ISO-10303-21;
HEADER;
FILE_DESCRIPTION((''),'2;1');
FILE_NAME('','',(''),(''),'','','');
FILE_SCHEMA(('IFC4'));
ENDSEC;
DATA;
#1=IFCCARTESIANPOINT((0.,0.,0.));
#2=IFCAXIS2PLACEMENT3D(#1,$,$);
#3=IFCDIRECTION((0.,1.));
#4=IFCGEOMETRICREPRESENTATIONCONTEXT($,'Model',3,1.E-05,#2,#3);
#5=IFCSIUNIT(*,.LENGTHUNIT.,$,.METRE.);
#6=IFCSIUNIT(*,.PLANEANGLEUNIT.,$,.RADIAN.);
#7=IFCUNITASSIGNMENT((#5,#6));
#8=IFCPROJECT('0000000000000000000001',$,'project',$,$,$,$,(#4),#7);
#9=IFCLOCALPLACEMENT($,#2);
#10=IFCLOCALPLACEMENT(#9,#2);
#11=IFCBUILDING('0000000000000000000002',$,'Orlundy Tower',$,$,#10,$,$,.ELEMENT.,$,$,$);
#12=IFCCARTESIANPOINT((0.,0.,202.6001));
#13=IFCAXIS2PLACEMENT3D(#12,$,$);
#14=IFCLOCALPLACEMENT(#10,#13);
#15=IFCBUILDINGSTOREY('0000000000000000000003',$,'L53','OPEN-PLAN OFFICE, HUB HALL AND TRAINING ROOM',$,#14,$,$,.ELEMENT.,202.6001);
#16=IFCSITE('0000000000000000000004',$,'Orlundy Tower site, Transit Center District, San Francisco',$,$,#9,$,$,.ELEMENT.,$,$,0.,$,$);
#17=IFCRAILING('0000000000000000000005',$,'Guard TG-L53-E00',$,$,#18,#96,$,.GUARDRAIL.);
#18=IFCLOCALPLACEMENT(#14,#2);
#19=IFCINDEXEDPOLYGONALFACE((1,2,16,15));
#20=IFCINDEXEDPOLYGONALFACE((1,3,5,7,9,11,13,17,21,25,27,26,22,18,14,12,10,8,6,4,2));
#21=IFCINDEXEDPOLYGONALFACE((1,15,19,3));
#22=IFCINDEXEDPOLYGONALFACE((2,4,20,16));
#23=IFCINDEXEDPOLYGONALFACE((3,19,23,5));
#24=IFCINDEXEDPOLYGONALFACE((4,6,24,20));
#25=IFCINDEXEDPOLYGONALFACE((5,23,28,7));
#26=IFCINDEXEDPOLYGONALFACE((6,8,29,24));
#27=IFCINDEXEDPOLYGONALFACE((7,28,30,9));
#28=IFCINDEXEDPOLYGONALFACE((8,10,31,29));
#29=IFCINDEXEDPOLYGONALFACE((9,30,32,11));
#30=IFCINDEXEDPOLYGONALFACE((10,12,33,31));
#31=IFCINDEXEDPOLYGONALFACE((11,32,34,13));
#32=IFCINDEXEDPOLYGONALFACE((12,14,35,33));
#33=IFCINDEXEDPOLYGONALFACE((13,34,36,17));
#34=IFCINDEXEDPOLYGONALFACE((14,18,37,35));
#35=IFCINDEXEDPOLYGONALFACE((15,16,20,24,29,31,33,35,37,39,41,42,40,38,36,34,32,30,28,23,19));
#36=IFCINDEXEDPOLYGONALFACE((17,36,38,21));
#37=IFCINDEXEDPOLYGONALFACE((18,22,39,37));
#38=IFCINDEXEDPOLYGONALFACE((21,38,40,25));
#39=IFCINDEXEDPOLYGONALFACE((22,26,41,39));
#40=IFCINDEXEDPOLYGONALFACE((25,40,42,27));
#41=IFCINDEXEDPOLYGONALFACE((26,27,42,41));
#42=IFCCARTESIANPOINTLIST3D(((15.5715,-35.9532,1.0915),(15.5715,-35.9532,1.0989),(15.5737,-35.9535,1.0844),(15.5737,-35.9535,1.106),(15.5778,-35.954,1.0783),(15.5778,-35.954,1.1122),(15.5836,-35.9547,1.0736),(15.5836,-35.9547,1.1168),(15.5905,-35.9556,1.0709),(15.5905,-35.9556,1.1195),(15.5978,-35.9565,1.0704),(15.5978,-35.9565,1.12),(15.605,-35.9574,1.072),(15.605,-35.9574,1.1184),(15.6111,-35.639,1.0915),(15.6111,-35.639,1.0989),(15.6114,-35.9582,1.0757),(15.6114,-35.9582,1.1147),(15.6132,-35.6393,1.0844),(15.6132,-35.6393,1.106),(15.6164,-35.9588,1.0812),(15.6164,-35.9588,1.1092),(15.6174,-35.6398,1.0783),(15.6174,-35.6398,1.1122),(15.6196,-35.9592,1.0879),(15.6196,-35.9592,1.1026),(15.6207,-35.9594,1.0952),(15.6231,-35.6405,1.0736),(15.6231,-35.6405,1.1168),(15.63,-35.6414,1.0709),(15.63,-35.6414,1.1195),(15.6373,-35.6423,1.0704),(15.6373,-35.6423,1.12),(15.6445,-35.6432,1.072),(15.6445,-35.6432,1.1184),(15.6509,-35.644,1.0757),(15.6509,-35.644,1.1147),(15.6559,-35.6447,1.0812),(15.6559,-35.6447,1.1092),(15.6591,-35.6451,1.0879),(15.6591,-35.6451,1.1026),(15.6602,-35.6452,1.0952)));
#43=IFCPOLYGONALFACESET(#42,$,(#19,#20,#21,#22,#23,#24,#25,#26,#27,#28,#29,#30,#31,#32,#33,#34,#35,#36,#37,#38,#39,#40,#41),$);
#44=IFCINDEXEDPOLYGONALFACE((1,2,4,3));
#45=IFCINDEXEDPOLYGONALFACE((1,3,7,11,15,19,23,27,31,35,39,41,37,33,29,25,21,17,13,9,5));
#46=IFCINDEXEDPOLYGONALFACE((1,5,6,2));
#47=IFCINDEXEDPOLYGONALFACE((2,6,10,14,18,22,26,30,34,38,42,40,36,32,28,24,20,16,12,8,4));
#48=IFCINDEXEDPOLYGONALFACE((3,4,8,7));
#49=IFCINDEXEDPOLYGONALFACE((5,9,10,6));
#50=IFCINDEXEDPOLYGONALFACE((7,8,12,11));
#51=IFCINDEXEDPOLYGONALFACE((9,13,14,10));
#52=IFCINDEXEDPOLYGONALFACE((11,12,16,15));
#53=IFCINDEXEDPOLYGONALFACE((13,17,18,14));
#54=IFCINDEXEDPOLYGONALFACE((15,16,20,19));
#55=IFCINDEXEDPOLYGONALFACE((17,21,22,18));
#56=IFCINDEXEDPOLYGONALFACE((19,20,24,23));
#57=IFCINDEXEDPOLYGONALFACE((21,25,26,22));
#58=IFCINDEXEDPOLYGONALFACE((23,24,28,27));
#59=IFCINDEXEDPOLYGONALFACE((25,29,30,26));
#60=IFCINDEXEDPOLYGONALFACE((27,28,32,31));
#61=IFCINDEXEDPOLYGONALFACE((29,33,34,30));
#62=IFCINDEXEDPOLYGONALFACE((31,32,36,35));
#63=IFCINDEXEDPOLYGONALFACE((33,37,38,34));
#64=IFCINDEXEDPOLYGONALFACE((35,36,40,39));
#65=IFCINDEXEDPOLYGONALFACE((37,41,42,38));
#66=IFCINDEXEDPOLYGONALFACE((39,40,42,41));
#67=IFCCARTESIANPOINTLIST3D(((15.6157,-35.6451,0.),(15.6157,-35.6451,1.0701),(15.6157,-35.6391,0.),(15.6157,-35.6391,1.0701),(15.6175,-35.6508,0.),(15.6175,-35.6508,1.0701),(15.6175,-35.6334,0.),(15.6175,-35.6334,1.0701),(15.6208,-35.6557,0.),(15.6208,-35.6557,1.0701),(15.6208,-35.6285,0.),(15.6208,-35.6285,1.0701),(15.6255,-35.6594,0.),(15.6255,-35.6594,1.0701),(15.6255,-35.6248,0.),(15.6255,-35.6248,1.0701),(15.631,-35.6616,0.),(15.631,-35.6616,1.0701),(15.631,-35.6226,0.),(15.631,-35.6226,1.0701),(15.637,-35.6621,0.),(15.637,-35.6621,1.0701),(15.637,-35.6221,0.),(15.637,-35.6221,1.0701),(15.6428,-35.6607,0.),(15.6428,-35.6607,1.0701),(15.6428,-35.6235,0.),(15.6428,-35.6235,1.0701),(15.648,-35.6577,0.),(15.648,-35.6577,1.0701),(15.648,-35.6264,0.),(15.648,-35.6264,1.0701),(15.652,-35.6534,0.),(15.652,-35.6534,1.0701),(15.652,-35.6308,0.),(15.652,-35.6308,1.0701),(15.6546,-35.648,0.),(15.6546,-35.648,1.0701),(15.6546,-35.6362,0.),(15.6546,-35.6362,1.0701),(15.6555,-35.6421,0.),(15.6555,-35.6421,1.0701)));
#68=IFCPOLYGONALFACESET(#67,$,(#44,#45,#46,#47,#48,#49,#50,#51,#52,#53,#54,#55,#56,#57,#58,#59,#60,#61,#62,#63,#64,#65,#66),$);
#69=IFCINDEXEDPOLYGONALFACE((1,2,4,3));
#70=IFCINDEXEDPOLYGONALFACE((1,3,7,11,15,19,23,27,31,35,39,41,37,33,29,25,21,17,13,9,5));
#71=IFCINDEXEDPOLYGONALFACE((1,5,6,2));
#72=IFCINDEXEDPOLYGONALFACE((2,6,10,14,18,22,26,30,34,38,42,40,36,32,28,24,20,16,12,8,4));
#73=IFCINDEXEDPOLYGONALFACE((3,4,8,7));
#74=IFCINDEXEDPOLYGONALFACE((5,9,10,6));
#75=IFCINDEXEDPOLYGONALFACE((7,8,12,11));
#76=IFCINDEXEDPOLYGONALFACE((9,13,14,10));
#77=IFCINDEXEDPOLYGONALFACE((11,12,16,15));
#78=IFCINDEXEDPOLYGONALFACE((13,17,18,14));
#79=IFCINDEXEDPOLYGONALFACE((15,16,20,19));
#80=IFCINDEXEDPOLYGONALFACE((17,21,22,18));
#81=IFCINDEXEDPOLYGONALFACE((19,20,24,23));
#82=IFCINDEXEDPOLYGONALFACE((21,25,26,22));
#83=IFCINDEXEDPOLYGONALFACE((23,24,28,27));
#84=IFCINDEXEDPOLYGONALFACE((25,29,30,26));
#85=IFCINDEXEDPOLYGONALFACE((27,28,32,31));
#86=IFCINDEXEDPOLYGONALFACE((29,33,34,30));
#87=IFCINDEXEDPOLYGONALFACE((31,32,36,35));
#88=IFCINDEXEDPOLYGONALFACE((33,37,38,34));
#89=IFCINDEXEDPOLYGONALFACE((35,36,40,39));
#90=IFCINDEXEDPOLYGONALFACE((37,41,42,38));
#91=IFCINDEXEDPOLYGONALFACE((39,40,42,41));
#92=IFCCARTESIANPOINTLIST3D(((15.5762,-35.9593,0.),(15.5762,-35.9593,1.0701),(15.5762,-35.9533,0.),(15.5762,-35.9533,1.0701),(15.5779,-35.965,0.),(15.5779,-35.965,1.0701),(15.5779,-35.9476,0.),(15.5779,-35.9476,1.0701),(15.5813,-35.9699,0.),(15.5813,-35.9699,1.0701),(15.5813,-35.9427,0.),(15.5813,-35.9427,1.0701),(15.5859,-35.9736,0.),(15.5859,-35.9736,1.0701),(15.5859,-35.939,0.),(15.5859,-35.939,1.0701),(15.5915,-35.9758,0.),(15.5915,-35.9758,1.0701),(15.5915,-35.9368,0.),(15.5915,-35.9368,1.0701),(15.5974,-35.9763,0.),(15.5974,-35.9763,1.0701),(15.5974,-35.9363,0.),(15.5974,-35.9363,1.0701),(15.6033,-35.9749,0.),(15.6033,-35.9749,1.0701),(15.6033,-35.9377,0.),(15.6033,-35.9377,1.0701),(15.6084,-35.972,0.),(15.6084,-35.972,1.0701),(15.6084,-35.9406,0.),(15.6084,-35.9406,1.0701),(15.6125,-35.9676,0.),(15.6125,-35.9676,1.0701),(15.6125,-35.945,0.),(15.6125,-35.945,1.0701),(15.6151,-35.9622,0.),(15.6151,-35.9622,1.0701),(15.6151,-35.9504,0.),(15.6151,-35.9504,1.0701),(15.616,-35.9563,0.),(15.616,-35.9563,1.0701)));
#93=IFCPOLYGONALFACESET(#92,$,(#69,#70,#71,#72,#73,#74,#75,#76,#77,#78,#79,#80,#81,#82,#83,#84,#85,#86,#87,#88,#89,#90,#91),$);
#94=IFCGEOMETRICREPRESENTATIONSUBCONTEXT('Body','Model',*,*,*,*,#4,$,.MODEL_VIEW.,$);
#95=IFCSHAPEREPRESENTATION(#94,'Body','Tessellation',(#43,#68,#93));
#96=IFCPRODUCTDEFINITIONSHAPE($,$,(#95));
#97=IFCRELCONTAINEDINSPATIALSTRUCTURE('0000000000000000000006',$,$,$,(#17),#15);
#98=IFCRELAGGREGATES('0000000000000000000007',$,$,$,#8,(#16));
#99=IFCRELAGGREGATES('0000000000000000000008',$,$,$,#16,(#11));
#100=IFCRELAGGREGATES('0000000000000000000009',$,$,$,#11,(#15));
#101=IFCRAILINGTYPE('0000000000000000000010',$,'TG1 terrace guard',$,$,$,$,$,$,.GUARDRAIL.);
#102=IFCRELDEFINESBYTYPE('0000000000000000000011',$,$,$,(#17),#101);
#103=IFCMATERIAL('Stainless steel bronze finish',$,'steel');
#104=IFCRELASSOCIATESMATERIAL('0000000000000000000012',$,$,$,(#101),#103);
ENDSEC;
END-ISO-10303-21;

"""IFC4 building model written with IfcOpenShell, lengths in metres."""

from ifc_helpers import new_model, si_unit, direction, frame, origin, origin_2d, place, context, subcontext, project, spatial, circle, extrude, material, type_object, element, save


model = new_model("IFC4")

# Units and contexts
model_context = context("Model", 3, precision=1e-05, world=origin(), true_north=direction((0.0, 1.0)))
body_context = subcontext(model_context, "Body", "Model", "MODEL_VIEW")
ifc_project = project(units=[si_unit("LENGTHUNIT", "METRE"), si_unit("PLANEANGLEUNIT", "RADIAN")], contexts=[model_context])

# Site, building, storey
site_placement = place(None, origin())
site = spatial("IfcSite", under=ifc_project, at=site_placement, Name="Orlundy Tower site, Transit Center District, San Francisco", CompositionType="ELEMENT", RefElevation=0.0)
building_placement = place(site_placement, origin())
building = spatial("IfcBuilding", under=site, at=building_placement, Name="Orlundy Tower", CompositionType="ELEMENT")
storey_placement = place(building_placement, frame((0.0, 0.0, 202.6001)))
storey = spatial("IfcBuildingStorey", under=building, at=storey_placement, Name="L53", Description="OPEN-PLAN OFFICE, HUB HALL AND TRAINING ROOM", CompositionType="ELEMENT", Elevation=202.6001)

# Railing
ifc_material_1 = material(Name="Stainless steel bronze finish", Category="steel")
railing_type = type_object("IfcRailingType", Name="TG1 terrace guard", PredefinedType="GUARDRAIL", material=ifc_material_1)
railing_placement = place(storey_placement, frame((15.6355, -35.6421, 0.0)))
element("IfcRailing", 1, at=railing_placement, inside=storey, type_object=railing_type, Name="Guard TG-L53-E00", PredefinedType="GUARDRAIL", context=body_context, shape_type="SweptSolid", body=[
    extrude(circle(Radius=0.0249, at=origin_2d()), frame((0.0, 0.0, 1.0952), z_axis=(-0.124889, -0.992171, 0.0), x_axis=(0.992171, -0.124889, 0.0)), (0.0, 0.0, 1.0), 0.3167),
    extrude(circle(Radius=0.02, at=origin_2d()), origin(), (0.0, 0.0, 1.0), 1.0701),
    extrude(circle(Radius=0.02, at=origin_2d()), frame((-0.0396, -0.3142, 0.0)), (0.0, 0.0, 1.0), 1.0701),
])

save(model, "model.ifc")
